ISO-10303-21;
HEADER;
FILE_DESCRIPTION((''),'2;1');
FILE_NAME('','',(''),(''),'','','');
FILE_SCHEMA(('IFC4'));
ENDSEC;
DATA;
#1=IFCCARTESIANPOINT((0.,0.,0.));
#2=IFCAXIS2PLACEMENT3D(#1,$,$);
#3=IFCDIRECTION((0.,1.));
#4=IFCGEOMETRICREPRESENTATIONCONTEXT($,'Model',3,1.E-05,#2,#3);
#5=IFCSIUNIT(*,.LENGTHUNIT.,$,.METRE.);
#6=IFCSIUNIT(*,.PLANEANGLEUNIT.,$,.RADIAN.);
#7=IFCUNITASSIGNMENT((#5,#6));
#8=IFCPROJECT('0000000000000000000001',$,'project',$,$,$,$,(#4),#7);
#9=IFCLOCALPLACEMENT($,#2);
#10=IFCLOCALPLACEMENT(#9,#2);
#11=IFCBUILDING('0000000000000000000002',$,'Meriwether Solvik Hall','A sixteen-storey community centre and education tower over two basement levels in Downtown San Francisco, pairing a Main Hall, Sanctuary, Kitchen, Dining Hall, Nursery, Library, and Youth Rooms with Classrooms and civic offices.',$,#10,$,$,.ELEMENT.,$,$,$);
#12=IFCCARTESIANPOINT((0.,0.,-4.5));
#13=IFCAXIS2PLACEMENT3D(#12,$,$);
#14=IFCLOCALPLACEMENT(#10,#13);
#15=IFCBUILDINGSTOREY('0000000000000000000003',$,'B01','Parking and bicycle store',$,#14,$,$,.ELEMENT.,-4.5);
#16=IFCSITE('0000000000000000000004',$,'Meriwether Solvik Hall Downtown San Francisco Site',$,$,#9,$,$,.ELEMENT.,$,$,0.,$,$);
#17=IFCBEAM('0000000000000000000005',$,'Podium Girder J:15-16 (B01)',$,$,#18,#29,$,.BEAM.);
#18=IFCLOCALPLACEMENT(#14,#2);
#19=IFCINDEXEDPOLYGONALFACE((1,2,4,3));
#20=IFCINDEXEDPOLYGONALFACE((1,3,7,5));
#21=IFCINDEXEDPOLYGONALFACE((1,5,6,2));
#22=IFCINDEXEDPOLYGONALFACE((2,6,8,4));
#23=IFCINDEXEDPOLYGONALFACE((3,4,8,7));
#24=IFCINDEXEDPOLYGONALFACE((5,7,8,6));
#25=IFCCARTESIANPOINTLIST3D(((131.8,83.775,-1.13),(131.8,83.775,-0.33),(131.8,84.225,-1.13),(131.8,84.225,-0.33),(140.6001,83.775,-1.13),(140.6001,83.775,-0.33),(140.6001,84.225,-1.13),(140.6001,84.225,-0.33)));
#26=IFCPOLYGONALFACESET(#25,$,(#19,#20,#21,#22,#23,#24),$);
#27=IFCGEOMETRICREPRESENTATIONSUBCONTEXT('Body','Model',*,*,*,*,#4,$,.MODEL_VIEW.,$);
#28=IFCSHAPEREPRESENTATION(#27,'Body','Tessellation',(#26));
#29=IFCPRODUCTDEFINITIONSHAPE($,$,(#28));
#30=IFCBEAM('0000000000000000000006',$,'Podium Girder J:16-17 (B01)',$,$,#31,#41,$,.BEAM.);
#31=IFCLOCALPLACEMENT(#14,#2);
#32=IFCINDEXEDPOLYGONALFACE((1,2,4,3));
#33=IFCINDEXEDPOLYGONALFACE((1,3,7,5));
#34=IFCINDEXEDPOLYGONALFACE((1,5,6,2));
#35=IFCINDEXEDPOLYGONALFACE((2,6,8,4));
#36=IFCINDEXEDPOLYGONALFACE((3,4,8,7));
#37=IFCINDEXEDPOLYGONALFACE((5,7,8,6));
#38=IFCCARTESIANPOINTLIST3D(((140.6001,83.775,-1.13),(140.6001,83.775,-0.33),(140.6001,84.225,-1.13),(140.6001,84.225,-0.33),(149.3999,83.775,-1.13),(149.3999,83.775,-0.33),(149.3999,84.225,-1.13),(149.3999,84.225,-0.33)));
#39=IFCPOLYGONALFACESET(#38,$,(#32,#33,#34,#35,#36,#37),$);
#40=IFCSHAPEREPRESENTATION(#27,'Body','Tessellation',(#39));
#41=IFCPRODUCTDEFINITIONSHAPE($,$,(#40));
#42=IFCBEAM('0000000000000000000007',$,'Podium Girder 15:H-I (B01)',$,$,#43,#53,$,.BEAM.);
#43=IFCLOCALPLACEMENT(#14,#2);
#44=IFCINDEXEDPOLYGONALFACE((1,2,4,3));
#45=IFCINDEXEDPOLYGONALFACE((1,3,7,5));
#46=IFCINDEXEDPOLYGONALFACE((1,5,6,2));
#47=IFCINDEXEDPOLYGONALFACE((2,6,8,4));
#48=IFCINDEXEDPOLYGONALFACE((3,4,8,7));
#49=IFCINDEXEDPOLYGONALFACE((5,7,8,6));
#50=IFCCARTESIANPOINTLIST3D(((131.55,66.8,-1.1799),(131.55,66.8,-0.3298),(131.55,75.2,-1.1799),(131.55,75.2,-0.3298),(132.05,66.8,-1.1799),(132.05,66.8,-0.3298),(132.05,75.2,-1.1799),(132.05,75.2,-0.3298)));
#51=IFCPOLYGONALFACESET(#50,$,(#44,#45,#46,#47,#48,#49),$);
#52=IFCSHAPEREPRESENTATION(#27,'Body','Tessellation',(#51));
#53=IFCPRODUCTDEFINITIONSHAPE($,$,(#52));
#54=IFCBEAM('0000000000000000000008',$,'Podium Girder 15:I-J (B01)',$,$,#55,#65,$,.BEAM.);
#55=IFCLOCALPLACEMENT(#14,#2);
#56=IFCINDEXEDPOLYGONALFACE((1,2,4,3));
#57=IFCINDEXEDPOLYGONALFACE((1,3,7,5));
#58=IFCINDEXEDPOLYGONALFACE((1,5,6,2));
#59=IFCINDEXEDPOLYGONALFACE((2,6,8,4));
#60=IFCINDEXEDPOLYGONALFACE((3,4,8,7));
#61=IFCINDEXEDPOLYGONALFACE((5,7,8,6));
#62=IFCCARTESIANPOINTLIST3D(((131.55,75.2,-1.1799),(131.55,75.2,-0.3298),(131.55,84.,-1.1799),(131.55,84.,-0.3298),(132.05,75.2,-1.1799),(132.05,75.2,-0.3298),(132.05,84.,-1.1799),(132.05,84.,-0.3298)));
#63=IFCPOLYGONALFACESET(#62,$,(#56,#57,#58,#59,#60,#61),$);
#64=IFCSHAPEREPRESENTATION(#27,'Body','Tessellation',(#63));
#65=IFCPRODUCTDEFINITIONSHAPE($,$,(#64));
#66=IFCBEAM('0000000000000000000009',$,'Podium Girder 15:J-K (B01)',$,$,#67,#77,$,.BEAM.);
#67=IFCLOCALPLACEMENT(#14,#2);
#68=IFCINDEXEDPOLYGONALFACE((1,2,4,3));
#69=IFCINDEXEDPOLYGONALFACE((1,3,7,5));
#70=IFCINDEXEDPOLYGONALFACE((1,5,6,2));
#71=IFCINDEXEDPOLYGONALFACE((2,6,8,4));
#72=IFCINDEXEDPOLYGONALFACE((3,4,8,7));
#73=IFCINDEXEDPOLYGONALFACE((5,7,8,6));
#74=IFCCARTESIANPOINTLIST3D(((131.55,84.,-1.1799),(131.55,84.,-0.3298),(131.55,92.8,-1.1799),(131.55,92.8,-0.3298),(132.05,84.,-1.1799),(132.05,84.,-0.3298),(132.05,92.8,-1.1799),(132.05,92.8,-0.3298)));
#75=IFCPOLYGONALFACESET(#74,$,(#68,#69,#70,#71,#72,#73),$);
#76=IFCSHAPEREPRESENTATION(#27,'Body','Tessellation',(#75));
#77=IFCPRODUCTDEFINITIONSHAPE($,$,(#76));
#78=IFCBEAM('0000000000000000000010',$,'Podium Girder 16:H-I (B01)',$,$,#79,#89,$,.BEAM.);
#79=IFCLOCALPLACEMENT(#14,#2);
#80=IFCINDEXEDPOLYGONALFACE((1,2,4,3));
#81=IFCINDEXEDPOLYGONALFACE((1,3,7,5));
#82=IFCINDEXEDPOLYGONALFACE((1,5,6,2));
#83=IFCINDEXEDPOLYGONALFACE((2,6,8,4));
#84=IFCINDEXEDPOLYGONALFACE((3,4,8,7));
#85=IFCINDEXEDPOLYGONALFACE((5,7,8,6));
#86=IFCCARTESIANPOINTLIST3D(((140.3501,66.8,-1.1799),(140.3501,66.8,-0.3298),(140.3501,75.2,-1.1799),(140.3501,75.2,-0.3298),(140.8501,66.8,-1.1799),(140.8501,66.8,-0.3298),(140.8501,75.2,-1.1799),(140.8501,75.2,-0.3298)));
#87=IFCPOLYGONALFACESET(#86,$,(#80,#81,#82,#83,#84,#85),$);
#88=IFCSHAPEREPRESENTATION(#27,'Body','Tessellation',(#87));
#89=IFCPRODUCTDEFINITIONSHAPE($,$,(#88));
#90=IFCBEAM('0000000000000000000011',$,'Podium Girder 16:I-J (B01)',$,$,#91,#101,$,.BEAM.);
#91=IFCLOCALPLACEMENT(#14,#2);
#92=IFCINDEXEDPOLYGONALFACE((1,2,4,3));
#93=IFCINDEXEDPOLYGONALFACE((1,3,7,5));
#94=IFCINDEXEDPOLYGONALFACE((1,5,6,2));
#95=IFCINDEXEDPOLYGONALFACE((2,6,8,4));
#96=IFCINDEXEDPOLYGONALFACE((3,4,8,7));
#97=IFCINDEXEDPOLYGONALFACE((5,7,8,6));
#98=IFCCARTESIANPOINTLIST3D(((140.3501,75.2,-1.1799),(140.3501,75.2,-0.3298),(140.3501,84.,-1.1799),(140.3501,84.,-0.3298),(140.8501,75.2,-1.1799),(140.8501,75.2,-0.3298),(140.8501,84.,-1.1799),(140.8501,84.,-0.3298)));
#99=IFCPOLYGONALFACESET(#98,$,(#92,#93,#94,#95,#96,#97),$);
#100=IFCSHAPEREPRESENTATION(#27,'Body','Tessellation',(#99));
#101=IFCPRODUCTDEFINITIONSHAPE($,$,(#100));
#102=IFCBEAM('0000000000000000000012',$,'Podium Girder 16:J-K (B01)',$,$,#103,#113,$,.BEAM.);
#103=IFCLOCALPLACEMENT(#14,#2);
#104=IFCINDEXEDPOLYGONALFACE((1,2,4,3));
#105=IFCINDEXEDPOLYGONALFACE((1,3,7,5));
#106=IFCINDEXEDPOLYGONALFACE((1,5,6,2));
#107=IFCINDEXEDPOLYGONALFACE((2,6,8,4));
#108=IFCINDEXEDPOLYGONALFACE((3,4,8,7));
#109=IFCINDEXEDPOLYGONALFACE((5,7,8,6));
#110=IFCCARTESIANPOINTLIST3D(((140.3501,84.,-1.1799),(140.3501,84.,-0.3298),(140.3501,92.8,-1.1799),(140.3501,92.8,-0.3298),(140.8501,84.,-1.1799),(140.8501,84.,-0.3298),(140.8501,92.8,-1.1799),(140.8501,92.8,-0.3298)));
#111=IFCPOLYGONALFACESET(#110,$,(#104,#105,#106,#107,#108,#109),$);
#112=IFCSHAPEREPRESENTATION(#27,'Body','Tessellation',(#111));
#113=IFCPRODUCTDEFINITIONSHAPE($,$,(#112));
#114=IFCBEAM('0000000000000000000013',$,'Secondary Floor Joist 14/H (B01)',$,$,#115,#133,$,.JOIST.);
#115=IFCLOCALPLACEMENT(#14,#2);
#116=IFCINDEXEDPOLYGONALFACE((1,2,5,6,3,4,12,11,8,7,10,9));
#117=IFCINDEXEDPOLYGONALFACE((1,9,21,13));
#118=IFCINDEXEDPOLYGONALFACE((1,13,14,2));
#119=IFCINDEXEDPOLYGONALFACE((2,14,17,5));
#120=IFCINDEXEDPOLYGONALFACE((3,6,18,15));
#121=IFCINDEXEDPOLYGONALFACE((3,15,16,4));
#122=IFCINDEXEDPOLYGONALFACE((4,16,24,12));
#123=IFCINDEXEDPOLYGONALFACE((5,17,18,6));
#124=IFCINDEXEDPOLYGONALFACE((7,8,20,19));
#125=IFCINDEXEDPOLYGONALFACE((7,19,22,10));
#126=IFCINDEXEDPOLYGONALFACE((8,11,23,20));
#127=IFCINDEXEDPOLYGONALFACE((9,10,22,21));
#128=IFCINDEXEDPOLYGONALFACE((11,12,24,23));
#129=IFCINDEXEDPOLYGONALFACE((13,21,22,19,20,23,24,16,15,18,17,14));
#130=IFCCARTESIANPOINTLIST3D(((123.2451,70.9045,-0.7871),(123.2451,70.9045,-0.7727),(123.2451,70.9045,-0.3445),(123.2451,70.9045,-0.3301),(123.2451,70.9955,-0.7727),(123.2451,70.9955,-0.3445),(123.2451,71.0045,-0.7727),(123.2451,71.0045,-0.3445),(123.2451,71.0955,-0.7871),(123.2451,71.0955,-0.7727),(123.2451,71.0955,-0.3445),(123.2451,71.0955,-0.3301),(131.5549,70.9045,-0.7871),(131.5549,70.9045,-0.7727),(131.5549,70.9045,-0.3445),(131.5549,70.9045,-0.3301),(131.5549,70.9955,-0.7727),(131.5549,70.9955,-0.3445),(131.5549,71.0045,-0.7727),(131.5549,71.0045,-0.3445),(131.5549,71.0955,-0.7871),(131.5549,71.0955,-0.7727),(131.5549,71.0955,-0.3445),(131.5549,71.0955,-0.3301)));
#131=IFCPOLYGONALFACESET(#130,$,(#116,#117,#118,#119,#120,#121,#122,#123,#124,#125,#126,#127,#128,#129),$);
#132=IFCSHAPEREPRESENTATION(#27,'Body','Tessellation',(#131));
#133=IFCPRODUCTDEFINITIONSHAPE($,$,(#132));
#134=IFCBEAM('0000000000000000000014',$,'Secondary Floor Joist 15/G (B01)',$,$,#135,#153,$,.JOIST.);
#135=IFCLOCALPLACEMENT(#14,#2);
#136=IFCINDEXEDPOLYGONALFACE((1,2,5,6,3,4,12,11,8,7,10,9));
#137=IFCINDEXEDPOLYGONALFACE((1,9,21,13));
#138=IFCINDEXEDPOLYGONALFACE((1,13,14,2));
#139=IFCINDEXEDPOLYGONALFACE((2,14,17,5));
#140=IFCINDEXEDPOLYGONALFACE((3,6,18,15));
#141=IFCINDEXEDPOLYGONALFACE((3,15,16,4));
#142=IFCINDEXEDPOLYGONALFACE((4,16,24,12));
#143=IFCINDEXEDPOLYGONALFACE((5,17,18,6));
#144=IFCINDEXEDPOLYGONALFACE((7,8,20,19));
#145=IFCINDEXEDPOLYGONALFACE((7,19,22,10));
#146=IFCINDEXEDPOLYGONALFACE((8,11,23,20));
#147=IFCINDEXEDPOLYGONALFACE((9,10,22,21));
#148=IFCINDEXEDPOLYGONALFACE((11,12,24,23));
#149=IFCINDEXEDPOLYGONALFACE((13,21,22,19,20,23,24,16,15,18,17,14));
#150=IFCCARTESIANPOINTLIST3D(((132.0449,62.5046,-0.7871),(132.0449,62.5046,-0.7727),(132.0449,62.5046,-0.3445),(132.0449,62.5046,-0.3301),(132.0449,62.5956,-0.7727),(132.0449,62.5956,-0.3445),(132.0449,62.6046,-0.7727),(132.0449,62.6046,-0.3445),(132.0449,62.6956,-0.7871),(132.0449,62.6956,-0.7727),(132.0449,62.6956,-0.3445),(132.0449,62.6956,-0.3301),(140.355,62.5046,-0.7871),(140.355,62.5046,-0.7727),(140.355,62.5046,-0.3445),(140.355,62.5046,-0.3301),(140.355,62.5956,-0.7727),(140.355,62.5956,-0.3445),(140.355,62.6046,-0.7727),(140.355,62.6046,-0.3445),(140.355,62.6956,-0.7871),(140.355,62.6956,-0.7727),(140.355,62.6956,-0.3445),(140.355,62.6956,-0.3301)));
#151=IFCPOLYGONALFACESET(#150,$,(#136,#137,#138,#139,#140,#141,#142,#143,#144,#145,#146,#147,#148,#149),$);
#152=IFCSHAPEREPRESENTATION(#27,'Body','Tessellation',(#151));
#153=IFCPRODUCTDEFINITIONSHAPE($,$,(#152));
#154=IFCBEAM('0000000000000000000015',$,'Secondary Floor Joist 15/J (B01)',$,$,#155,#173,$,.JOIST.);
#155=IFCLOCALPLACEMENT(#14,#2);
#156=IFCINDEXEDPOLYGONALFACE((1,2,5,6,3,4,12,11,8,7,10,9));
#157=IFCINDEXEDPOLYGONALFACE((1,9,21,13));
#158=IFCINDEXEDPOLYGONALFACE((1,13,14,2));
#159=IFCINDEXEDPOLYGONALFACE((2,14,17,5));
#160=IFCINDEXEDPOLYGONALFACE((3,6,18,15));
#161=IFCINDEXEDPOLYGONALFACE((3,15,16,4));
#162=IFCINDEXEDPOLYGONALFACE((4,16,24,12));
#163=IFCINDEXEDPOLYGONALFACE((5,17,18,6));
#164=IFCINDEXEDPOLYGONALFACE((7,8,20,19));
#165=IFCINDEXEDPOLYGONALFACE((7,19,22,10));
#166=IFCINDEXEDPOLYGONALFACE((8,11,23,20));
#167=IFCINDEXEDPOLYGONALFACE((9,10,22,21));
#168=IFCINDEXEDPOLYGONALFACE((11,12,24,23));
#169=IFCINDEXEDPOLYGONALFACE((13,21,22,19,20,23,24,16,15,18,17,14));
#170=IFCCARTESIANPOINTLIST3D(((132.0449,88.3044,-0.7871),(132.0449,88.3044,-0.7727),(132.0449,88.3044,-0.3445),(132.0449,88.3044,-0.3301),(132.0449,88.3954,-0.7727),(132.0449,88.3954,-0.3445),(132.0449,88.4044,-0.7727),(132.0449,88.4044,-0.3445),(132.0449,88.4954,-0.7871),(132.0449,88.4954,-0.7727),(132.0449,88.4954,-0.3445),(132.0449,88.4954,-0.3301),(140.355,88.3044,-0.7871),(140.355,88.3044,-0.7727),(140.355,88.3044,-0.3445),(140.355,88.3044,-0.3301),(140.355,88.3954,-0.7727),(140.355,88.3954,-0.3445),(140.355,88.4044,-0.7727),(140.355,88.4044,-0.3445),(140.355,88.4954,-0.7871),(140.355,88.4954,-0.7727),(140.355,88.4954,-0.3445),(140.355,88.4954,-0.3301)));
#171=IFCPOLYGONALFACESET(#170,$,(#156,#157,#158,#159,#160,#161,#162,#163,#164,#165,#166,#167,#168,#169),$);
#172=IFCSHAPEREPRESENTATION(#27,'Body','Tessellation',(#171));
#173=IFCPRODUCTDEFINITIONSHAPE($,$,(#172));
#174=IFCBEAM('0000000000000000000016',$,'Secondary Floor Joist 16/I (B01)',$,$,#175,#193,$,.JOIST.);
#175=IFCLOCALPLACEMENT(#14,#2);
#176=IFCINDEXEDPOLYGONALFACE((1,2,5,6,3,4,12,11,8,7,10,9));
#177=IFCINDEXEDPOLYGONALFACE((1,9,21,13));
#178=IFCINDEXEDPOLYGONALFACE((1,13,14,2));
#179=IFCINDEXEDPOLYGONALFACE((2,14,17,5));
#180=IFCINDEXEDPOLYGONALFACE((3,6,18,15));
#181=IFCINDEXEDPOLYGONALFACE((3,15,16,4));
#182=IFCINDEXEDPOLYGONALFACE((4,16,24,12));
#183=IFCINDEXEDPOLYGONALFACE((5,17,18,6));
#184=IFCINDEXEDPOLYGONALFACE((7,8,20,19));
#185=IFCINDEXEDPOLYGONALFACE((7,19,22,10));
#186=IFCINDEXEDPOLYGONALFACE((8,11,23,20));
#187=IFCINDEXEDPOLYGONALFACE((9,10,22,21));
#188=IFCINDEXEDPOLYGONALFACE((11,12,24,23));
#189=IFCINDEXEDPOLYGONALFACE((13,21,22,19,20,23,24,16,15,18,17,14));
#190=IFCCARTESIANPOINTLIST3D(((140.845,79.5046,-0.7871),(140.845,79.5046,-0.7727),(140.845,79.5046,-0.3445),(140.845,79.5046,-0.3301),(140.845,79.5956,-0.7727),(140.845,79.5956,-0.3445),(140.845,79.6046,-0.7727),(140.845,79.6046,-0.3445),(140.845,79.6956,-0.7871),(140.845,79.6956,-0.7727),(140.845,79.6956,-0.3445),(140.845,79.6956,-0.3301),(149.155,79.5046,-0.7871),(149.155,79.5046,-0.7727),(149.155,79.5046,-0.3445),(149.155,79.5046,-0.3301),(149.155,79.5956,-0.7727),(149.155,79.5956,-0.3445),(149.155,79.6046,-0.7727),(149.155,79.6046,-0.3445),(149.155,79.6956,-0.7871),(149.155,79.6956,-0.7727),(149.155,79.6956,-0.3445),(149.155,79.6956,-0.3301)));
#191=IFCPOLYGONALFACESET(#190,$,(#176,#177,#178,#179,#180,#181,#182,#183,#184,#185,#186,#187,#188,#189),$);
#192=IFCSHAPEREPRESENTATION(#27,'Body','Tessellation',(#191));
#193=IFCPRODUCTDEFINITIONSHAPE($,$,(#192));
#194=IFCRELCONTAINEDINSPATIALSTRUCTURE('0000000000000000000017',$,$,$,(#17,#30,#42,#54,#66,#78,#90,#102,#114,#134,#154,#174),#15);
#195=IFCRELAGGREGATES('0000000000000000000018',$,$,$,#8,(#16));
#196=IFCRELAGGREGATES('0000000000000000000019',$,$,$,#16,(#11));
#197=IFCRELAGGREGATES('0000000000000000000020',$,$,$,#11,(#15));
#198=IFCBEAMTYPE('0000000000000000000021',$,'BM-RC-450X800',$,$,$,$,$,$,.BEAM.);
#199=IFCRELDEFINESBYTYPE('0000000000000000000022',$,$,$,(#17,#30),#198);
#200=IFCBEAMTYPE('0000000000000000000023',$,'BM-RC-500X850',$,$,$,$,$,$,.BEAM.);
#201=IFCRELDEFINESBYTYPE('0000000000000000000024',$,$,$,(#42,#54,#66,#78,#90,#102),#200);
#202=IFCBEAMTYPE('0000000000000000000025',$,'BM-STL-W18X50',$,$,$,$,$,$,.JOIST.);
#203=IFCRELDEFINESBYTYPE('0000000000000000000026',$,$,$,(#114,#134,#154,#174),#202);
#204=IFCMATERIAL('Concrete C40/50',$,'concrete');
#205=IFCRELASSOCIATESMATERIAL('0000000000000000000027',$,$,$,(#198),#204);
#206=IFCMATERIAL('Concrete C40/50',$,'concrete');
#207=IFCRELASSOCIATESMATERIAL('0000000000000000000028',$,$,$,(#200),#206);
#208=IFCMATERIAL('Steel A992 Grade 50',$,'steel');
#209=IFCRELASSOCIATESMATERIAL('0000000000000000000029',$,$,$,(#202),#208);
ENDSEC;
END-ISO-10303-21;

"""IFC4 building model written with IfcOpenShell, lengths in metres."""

from ifc_helpers import new_model, si_unit, direction, frame, origin, origin_2d, place, context, subcontext, project, spatial, rectangle, i_section, extrude, material, material_profile, profile_set, type_object, element, save


model = new_model("IFC4")

# Units and contexts
model_context = context("Model", 3, precision=1e-05, world=origin(), true_north=direction((0.0, 1.0)))
body_context = subcontext(model_context, "Body", "Model", "MODEL_VIEW")
ifc_project = project(units=[si_unit("LENGTHUNIT", "METRE"), si_unit("PLANEANGLEUNIT", "RADIAN")], contexts=[model_context])

# Site, building, storey
site_placement = place(None, origin())
site = spatial("IfcSite", under=ifc_project, at=site_placement, Name="Meriwether Solvik Hall Downtown San Francisco Site", CompositionType="ELEMENT", RefElevation=0.0)
building_placement = place(site_placement, origin())
building = spatial("IfcBuilding", under=site, at=building_placement, Name="Meriwether Solvik Hall", Description="A sixteen-storey community centre and education tower over two basement levels in Downtown San Francisco, pairing a Main Hall, Sanctuary, Kitchen, Dining Hall, Nursery, Library, and Youth Rooms with Classrooms and civic offices.", CompositionType="ELEMENT")
storey_placement = place(building_placement, frame((0.0, 0.0, -4.5)))
storey = spatial("IfcBuildingStorey", under=building, at=storey_placement, Name="B01", Description="Parking and bicycle store", CompositionType="ELEMENT", Elevation=-4.5)

# Beams
ifc_material_1 = material(Name="Concrete C40/50", Category="concrete")
ifc_material_profile_1 = material_profile(ifc_material_1, rectangle(XDim=0.45, YDim=0.8, at=origin_2d()), Name="RCB-450X800")
ifc_profile_set_1 = profile_set([ifc_material_profile_1], Name="Concrete C40/50")
beam_type_1 = type_object("IfcBeamType", Name="BM-RC-450X800", PredefinedType="BEAM", material=ifc_profile_set_1)
beam_1_placement = place(storey_placement, frame((131.8, 84.0, -0.73), z_axis=(1.0, 0.0, 0.0), x_axis=(0.0, 1.0, 0.0)))
element("IfcBeam", 1, at=beam_1_placement, inside=storey, type_object=beam_type_1, Name="Podium Girder J:15-16 (B01)", PredefinedType="BEAM", context=body_context, shape_type="SweptSolid", body=[
    extrude(rectangle(XDim=0.45, YDim=0.8, at=origin_2d()), origin(), (0.0, 0.0, 1.0), 8.8),
])
beam_2_placement = place(storey_placement, frame((140.6001, 84.0, -0.73), z_axis=(1.0, 0.0, 0.0), x_axis=(0.0, 1.0, 0.0)))
element("IfcBeam", 2, at=beam_2_placement, inside=storey, type_object=beam_type_1, Name="Podium Girder J:16-17 (B01)", PredefinedType="BEAM", context=body_context, shape_type="SweptSolid", body=[
    extrude(rectangle(XDim=0.45, YDim=0.8, at=origin_2d()), origin(), (0.0, 0.0, 1.0), 8.7998),
])
ifc_material_2 = material(Name="Concrete C40/50", Category="concrete")
ifc_material_profile_2 = material_profile(ifc_material_2, rectangle(XDim=0.5, YDim=0.8501, at=origin_2d()), Name="RCB-500X850")
ifc_profile_set_2 = profile_set([ifc_material_profile_2], Name="Concrete C40/50")
beam_type_2 = type_object("IfcBeamType", Name="BM-RC-500X850", PredefinedType="BEAM", material=ifc_profile_set_2)
beam_3_placement = place(storey_placement, frame((131.8, 66.8, -0.7549), z_axis=(0.0, 1.0, 0.0), x_axis=(-1.0, 0.0, 0.0)))
element("IfcBeam", 3, at=beam_3_placement, inside=storey, type_object=beam_type_2, Name="Podium Girder 15:H-I (B01)", PredefinedType="BEAM", context=body_context, shape_type="SweptSolid", body=[
    extrude(rectangle(XDim=0.5, YDim=0.8501, at=origin_2d()), origin(), (0.0, 0.0, 1.0), 8.3999),
])
for number, where, z_axis, x_axis, name in (
    (4, (131.8, 75.2, -0.7549), (0.0, 1.0, 0.0), (-1.0, 0.0, 0.0), "Podium Girder 15:I-J (B01)"),
    (5, (131.8, 84.0, -0.7549), (0.0, 1.0, 0.0), (-1.0, 0.0, 0.0), "Podium Girder 15:J-K (B01)"),
):
    element("IfcBeam", number, at=place(storey_placement, frame(where, z_axis=z_axis, x_axis=x_axis)), inside=storey, type_object=beam_type_2, Name=name, PredefinedType="BEAM", context=body_context, shape_type="SweptSolid", body=[
        extrude(rectangle(XDim=0.5, YDim=0.8501, at=origin_2d()), origin(), (0.0, 0.0, 1.0), 8.8),
    ])
beam_4_placement = place(storey_placement, frame((140.6001, 66.8, -0.7549), z_axis=(0.0, 1.0, 0.0), x_axis=(-1.0, 0.0, 0.0)))
element("IfcBeam", 6, at=beam_4_placement, inside=storey, type_object=beam_type_2, Name="Podium Girder 16:H-I (B01)", PredefinedType="BEAM", context=body_context, shape_type="SweptSolid", body=[
    extrude(rectangle(XDim=0.5, YDim=0.8501, at=origin_2d()), origin(), (0.0, 0.0, 1.0), 8.3999),
])
for number, where, z_axis, x_axis, name in (
    (7, (140.6001, 75.2, -0.7549), (0.0, 1.0, 0.0), (-1.0, 0.0, 0.0), "Podium Girder 16:I-J (B01)"),
    (8, (140.6001, 84.0, -0.7549), (0.0, 1.0, 0.0), (-1.0, 0.0, 0.0), "Podium Girder 16:J-K (B01)"),
):
    element("IfcBeam", number, at=place(storey_placement, frame(where, z_axis=z_axis, x_axis=x_axis)), inside=storey, type_object=beam_type_2, Name=name, PredefinedType="BEAM", context=body_context, shape_type="SweptSolid", body=[
        extrude(rectangle(XDim=0.5, YDim=0.8501, at=origin_2d()), origin(), (0.0, 0.0, 1.0), 8.8),
    ])
ifc_material_3 = material(Name="Steel A992 Grade 50", Category="steel")
ifc_material_profile_3 = material_profile(ifc_material_3, i_section(OverallWidth=0.1909, OverallDepth=0.457, WebThickness=0.009, FlangeThickness=0.0144, at=origin_2d()), Name="W18X50")
ifc_profile_set_3 = profile_set([ifc_material_profile_3], Name="Steel A992 Grade 50")
beam_type_3 = type_object("IfcBeamType", Name="BM-STL-W18X50", PredefinedType="JOIST", material=ifc_profile_set_3)
beam_5_placement = place(storey_placement, frame((123.2451, 71.0, -0.5586), z_axis=(1.0, 0.0, 0.0), x_axis=(0.0, 1.0, 0.0)))
element("IfcBeam", 9, at=beam_5_placement, inside=storey, type_object=beam_type_3, Name="Secondary Floor Joist 14/H (B01)", PredefinedType="JOIST", context=body_context, shape_type="SweptSolid", body=[
    extrude(i_section(OverallWidth=0.1909, OverallDepth=0.457, WebThickness=0.009, FlangeThickness=0.0144, at=origin_2d()), origin(), (0.0, 0.0, 1.0), 8.3098),
])
for number, where, z_axis, x_axis, name in (
    (10, (132.0449, 62.6001, -0.5586), (1.0, 0.0, 0.0), (0.0, 1.0, 0.0), "Secondary Floor Joist 15/G (B01)"),
    (11, (132.0449, 88.3999, -0.5586), (1.0, 0.0, 0.0), (0.0, 1.0, 0.0), "Secondary Floor Joist 15/J (B01)"),
    (12, (140.845, 79.6001, -0.5586), (1.0, 0.0, 0.0), (0.0, 1.0, 0.0), "Secondary Floor Joist 16/I (B01)"),
):
    element("IfcBeam", number, at=place(storey_placement, frame(where, z_axis=z_axis, x_axis=x_axis)), inside=storey, type_object=beam_type_3, Name=name, PredefinedType="JOIST", context=body_context, shape_type="SweptSolid", body=[
        extrude(i_section(OverallWidth=0.1909, OverallDepth=0.457, WebThickness=0.009, FlangeThickness=0.0144, at=origin_2d()), origin(), (0.0, 0.0, 1.0), 8.3101),
    ])

save(model, "model.ifc")
